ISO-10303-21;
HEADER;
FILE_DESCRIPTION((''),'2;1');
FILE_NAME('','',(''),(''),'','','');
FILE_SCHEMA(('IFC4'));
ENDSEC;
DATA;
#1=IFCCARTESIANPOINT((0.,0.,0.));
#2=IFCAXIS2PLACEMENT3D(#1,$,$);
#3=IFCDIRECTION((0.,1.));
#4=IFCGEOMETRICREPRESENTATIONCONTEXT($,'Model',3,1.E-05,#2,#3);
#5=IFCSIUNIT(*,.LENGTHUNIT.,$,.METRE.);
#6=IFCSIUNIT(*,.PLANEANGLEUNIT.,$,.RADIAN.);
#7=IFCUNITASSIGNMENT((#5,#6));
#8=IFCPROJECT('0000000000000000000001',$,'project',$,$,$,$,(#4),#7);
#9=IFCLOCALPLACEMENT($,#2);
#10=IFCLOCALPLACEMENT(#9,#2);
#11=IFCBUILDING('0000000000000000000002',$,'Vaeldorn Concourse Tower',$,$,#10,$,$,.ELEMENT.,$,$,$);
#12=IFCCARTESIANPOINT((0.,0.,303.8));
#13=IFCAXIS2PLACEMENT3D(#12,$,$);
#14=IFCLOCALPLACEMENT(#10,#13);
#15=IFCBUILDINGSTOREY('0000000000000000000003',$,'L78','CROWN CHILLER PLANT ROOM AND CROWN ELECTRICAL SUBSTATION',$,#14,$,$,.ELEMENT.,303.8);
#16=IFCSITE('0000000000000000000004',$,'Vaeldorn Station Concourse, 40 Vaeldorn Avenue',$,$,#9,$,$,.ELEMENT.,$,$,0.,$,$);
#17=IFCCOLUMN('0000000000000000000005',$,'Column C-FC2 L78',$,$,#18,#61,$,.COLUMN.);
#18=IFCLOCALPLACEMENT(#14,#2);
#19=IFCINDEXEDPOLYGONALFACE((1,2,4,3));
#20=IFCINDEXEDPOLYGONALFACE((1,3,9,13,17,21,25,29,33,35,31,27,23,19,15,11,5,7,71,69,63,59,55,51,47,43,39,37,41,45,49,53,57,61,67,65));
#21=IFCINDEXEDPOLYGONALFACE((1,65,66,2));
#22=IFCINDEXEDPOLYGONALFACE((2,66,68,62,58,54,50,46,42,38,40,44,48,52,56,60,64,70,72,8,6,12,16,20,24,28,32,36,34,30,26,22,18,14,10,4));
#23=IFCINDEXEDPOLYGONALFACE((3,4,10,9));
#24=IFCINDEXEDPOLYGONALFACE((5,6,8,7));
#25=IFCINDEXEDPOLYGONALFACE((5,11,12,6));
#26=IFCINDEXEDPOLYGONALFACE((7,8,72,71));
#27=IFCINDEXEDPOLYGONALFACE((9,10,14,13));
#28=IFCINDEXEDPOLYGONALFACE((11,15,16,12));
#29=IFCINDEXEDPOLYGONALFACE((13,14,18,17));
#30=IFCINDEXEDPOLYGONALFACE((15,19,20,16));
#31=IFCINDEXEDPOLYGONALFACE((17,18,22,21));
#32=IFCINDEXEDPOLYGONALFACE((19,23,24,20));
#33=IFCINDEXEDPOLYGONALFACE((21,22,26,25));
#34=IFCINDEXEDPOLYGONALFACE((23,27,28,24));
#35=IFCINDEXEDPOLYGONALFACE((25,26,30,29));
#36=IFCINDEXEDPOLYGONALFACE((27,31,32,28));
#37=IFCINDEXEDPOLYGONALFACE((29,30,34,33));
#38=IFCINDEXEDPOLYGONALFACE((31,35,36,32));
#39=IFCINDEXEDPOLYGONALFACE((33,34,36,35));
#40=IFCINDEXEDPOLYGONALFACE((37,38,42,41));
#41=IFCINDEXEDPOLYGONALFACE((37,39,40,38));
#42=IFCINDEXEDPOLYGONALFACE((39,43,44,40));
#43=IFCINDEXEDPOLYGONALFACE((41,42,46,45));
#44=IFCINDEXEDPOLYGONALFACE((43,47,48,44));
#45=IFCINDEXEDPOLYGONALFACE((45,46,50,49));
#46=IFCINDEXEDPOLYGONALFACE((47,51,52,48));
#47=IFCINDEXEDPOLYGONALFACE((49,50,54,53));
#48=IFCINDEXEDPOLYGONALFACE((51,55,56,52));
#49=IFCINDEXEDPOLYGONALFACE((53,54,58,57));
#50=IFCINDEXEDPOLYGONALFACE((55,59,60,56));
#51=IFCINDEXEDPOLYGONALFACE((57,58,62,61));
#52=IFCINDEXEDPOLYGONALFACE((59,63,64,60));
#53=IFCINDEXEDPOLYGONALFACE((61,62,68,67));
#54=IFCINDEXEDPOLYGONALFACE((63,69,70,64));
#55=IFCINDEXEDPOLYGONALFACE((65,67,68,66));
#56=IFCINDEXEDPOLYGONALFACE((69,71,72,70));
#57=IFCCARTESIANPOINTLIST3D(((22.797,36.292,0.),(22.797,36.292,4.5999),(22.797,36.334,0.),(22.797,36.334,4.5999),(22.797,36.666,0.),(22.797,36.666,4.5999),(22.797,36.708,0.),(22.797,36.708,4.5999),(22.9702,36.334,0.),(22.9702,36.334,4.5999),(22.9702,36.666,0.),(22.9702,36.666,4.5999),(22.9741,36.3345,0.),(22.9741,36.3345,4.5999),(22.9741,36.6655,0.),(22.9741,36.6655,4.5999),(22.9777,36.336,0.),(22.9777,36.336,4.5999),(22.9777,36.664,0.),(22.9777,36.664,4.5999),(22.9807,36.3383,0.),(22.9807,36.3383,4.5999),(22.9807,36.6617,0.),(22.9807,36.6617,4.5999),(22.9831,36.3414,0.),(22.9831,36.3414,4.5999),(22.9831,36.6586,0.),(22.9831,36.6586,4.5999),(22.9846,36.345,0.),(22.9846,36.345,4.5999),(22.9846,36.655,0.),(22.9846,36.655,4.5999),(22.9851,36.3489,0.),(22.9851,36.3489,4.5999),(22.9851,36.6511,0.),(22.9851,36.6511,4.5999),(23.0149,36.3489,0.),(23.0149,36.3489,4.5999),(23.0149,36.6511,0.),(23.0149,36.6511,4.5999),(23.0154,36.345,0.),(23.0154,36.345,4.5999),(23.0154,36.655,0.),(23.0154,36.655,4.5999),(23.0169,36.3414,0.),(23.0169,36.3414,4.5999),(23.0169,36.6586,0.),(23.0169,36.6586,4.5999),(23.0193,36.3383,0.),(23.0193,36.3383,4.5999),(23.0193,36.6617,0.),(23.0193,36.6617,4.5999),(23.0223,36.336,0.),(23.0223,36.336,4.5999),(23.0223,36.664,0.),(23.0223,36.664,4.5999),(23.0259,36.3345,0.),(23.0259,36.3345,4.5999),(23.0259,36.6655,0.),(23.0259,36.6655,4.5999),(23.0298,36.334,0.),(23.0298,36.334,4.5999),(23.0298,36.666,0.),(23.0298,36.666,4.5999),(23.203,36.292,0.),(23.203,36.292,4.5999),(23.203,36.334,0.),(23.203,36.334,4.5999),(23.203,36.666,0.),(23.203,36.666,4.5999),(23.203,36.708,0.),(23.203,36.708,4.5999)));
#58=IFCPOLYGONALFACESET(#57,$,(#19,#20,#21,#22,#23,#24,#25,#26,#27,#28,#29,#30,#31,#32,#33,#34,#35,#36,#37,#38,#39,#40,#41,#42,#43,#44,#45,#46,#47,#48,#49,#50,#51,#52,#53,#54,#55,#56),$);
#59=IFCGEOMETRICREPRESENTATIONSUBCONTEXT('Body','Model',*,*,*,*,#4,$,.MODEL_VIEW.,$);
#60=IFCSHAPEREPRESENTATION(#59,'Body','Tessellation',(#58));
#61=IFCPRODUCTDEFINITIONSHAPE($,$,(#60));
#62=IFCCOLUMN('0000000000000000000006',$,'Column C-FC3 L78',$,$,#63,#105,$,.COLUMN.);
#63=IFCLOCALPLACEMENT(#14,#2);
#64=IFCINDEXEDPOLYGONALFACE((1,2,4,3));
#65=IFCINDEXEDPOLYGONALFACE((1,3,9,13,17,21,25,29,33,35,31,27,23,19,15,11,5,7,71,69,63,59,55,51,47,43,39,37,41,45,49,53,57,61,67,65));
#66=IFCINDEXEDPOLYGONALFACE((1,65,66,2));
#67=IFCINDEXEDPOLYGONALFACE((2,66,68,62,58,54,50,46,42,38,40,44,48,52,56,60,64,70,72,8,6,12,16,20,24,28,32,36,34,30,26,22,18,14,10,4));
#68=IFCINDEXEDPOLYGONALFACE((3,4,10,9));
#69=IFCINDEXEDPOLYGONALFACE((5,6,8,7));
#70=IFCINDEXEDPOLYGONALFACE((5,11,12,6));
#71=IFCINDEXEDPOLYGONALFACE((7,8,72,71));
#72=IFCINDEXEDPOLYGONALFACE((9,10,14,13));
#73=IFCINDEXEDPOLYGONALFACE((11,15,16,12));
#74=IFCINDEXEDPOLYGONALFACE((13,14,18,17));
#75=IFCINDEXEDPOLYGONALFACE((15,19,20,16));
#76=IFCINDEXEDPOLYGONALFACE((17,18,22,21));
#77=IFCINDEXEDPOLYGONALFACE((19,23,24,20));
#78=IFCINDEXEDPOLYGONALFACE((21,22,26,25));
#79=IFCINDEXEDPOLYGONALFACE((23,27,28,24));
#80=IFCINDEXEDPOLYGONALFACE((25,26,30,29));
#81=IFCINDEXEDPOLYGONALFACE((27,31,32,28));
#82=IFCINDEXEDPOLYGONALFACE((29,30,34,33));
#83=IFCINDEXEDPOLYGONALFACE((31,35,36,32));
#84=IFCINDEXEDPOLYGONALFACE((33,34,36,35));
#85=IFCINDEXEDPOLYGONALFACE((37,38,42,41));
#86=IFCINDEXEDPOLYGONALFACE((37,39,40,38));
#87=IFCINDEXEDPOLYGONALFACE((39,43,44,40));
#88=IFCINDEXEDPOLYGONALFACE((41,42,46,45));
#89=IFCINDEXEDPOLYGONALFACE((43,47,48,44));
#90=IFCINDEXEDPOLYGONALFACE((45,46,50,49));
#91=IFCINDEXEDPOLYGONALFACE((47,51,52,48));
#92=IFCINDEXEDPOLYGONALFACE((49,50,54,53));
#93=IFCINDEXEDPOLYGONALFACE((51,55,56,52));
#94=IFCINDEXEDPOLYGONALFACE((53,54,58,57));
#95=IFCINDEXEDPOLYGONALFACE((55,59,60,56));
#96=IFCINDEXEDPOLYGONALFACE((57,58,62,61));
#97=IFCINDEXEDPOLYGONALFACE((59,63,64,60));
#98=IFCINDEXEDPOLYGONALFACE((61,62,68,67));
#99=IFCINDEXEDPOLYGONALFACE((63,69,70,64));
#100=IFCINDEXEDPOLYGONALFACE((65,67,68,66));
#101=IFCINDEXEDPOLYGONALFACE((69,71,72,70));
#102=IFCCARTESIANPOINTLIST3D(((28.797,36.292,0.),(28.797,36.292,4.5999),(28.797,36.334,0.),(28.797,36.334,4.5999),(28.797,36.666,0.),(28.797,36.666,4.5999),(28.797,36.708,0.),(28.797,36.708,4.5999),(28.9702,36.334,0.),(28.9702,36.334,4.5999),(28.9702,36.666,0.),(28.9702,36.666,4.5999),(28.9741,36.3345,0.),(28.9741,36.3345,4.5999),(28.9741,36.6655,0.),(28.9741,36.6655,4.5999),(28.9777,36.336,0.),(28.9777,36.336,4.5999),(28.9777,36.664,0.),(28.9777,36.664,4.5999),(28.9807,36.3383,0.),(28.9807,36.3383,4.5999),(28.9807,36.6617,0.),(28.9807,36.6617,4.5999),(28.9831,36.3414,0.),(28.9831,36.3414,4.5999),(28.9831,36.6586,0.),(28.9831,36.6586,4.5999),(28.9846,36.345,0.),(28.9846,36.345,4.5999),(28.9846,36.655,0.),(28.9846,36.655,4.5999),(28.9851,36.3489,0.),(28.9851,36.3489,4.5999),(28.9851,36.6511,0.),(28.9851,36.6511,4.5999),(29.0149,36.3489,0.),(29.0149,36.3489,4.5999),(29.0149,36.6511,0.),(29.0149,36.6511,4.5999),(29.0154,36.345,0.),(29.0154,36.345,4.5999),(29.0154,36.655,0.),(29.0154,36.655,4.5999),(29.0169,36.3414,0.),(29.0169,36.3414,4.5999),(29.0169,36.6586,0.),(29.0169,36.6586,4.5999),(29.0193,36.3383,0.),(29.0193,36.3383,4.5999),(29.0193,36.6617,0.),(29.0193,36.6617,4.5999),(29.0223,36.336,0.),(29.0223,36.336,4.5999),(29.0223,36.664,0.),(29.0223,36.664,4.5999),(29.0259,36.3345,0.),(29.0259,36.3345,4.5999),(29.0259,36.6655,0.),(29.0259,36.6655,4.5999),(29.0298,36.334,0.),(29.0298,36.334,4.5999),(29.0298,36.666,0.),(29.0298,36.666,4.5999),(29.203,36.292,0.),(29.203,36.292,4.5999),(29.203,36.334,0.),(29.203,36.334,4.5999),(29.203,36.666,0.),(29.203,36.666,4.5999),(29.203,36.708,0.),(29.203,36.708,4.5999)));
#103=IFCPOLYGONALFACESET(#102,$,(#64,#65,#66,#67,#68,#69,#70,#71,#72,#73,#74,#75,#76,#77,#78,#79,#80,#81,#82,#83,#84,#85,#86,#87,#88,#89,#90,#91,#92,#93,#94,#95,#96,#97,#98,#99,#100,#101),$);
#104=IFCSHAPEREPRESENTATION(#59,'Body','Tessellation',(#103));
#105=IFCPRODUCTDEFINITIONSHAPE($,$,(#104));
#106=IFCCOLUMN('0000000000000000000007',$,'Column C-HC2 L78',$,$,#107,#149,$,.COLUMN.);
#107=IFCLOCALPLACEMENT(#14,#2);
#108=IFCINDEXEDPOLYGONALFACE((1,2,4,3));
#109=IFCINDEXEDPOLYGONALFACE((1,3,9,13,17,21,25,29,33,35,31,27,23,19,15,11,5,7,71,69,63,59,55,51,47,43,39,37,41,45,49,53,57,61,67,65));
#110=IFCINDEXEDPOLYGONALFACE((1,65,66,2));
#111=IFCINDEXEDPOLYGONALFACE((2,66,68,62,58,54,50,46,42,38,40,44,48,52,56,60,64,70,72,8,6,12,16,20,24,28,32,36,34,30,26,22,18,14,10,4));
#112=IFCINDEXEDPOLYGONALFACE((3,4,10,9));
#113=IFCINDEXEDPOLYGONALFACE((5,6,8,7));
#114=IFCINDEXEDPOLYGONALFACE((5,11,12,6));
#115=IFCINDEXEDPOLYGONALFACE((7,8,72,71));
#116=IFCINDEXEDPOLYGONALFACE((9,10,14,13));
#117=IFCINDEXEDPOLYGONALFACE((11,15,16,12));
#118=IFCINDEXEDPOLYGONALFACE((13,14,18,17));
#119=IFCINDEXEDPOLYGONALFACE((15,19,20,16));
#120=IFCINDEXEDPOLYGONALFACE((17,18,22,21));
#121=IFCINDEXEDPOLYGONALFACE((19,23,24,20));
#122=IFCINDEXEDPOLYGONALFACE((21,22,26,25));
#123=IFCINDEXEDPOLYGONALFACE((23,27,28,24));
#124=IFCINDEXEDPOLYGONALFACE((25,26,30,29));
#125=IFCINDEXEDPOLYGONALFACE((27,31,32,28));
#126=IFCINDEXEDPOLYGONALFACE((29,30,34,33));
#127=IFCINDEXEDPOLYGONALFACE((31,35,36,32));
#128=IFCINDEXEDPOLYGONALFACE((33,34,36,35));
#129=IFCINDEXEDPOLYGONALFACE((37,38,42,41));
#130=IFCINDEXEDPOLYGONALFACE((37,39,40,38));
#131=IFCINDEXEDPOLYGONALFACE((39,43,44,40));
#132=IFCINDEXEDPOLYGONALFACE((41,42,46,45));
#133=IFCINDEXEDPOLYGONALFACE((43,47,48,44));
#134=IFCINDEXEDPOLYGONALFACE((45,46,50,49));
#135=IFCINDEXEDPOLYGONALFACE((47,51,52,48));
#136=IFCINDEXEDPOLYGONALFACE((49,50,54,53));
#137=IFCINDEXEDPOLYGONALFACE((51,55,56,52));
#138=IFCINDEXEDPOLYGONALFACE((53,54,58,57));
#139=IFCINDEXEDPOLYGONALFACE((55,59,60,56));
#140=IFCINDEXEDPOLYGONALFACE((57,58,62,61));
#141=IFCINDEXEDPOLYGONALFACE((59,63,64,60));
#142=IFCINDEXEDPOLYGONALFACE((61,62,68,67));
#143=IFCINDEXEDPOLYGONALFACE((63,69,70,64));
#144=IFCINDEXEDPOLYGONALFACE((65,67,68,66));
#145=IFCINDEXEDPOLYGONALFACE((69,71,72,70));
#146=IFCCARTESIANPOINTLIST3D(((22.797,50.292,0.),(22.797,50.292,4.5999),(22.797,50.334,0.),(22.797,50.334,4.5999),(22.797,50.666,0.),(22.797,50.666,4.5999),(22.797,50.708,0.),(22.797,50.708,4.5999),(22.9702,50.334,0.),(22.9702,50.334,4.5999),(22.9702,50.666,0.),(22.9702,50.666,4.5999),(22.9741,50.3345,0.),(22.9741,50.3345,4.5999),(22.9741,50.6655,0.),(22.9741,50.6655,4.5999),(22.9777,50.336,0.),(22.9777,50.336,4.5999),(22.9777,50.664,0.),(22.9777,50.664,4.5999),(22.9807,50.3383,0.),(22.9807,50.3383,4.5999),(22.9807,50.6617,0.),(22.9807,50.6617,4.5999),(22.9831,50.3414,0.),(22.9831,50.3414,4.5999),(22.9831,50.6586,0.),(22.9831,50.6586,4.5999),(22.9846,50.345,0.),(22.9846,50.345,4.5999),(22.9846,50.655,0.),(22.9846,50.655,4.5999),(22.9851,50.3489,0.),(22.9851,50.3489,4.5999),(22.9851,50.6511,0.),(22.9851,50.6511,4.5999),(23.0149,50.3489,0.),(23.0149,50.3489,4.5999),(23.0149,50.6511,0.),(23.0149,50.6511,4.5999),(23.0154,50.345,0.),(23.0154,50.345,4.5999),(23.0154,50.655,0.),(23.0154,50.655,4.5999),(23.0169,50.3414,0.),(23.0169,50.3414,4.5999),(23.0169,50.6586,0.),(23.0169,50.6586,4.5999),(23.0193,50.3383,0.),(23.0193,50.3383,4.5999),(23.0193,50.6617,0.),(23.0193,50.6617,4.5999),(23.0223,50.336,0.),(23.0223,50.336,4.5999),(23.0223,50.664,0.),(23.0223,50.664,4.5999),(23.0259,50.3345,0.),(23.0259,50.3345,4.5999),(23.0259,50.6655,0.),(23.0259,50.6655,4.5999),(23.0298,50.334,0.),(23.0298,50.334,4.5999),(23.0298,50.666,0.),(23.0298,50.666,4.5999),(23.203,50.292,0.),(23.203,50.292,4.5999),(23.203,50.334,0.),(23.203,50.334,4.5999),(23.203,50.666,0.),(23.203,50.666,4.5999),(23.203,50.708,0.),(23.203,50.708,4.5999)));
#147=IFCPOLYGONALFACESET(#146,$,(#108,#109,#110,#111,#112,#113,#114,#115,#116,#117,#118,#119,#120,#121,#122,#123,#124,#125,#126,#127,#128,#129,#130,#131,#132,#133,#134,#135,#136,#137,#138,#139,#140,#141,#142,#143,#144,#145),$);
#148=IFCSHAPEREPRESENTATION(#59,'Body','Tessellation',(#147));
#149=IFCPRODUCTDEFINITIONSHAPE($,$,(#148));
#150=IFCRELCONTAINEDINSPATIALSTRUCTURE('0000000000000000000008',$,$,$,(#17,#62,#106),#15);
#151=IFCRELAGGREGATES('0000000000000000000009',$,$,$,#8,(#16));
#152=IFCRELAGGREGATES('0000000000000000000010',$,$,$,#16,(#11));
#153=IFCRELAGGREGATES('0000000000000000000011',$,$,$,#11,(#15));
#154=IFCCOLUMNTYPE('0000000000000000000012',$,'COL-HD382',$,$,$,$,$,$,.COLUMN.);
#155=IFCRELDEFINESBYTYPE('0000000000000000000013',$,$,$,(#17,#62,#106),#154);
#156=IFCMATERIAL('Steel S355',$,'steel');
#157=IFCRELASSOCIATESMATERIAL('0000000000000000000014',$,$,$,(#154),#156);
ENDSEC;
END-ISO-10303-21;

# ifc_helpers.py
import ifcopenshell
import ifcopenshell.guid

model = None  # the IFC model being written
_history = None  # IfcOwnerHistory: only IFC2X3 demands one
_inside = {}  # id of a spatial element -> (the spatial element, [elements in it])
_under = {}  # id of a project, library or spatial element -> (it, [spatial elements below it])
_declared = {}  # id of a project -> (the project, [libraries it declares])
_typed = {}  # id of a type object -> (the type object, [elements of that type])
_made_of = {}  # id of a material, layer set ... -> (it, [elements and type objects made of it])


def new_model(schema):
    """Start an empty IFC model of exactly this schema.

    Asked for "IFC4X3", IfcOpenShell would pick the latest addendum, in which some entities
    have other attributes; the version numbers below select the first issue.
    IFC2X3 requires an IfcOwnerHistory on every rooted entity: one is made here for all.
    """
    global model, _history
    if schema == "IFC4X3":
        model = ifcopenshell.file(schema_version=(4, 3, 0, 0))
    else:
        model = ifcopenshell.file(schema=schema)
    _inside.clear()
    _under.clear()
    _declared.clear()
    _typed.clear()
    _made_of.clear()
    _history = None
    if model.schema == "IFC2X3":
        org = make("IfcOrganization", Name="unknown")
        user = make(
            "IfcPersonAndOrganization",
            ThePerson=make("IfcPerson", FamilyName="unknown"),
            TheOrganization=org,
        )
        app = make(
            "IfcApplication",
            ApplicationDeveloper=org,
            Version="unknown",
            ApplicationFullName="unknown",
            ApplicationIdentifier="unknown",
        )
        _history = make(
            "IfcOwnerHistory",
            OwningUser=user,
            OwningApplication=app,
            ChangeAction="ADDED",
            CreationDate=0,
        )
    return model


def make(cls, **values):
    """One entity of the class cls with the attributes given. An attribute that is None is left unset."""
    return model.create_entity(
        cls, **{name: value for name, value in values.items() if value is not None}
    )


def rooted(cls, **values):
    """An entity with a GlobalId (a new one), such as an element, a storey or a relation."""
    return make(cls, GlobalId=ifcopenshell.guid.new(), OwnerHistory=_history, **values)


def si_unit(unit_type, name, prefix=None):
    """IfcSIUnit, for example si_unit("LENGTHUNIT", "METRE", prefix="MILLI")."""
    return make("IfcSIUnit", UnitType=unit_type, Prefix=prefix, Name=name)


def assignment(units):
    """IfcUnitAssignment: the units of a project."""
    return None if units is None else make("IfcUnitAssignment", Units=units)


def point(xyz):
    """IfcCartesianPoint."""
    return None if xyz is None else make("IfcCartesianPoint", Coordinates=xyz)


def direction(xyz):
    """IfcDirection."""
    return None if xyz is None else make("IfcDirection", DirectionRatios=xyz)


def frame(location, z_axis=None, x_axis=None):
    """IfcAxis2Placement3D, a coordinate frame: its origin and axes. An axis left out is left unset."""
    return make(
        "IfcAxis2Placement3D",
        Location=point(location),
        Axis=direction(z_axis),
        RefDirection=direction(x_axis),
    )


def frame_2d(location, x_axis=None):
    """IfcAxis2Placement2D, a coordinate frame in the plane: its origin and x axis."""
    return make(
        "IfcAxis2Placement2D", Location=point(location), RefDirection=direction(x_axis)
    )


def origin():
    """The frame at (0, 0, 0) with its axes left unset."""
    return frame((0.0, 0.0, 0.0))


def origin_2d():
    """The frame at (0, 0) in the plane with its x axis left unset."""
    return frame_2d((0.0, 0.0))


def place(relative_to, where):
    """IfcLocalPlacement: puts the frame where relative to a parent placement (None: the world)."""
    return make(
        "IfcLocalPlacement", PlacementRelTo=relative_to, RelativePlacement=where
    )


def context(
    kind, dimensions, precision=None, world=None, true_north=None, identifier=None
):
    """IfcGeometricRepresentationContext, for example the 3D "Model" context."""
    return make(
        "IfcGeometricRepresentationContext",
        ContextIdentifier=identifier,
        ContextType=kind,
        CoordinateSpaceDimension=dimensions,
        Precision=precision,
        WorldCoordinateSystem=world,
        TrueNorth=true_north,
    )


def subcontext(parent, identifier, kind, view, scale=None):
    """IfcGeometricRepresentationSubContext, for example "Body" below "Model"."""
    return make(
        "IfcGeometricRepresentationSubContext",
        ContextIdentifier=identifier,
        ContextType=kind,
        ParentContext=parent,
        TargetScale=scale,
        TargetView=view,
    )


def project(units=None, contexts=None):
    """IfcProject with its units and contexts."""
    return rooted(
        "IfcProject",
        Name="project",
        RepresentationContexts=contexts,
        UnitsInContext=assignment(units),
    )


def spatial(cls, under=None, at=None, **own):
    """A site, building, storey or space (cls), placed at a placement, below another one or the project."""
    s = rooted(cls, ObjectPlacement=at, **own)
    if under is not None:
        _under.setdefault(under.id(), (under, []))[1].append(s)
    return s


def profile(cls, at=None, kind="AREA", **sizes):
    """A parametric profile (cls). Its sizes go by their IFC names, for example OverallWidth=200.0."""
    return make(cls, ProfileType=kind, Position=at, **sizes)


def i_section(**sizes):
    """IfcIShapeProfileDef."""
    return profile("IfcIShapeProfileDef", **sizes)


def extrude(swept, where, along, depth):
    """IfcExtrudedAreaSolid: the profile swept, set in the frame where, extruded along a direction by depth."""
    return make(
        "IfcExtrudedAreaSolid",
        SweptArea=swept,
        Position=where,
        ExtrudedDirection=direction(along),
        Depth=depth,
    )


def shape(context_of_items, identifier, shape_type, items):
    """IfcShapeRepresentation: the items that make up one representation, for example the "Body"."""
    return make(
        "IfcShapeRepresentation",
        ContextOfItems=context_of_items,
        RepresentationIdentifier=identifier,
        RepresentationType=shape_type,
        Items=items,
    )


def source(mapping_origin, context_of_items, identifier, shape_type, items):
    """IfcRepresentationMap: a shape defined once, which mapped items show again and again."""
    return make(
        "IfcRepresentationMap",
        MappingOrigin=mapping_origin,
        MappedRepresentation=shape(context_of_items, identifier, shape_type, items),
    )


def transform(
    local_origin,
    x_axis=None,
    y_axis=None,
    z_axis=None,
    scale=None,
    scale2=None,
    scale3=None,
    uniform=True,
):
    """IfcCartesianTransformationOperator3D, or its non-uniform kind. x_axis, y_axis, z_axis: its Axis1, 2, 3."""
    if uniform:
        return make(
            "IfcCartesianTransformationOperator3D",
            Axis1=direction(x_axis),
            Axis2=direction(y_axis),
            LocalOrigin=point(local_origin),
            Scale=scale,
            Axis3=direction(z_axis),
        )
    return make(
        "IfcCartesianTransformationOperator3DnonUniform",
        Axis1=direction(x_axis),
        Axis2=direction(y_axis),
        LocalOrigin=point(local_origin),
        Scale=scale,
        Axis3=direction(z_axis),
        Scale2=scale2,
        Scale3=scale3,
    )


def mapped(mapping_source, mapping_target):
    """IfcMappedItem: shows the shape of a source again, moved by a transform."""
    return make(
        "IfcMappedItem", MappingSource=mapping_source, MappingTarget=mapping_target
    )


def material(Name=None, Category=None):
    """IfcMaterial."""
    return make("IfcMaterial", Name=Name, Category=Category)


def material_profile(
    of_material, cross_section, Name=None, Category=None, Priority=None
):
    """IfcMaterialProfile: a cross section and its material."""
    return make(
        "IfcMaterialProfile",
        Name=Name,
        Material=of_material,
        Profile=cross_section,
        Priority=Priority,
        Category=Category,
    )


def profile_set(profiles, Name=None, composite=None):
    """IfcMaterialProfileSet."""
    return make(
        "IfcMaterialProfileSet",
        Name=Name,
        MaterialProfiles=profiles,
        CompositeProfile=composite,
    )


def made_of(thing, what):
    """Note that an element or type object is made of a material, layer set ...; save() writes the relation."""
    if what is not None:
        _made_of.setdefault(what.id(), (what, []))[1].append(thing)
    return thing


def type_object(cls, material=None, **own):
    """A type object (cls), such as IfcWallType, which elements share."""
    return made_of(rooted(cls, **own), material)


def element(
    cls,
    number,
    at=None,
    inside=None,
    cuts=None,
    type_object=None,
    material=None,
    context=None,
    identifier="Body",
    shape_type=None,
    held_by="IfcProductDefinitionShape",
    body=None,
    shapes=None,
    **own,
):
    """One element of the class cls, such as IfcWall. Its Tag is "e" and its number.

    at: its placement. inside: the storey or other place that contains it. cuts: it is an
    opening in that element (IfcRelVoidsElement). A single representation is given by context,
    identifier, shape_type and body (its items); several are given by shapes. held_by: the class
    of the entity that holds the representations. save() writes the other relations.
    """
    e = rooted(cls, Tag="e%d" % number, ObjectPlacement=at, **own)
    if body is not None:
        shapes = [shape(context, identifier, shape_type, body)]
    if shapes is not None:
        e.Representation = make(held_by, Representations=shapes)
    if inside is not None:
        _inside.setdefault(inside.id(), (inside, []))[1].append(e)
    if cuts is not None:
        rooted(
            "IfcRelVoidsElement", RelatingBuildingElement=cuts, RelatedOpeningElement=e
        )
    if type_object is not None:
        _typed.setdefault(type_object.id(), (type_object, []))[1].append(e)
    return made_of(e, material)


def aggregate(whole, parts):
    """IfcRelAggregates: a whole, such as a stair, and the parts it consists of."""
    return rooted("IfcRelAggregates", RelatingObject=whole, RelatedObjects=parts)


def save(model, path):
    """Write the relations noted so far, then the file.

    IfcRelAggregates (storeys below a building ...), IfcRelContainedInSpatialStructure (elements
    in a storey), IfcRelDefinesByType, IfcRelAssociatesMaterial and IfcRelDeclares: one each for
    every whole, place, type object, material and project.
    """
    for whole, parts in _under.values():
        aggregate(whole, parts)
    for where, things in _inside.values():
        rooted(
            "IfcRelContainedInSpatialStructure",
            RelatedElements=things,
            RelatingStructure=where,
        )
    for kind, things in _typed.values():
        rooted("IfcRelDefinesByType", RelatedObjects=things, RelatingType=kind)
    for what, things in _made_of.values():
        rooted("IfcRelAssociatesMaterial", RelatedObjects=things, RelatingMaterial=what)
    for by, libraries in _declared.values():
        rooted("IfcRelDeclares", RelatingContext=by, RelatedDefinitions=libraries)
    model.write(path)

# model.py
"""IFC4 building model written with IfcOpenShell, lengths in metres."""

from ifc_helpers import new_model, si_unit, direction, frame, origin, origin_2d, place, context, subcontext, project, spatial, i_section, extrude, source, transform, mapped, material, material_profile, profile_set, type_object, element, save


model = new_model("IFC4")

# Units and contexts
model_context = context("Model", 3, precision=1e-05, world=origin(), true_north=direction((0.0, 1.0)))
body_context = subcontext(model_context, "Body", "Model", "MODEL_VIEW")
ifc_project = project(units=[si_unit("LENGTHUNIT", "METRE"), si_unit("PLANEANGLEUNIT", "RADIAN")], contexts=[model_context])

# Site, building, storey
site_placement = place(None, origin())
site = spatial("IfcSite", under=ifc_project, at=site_placement, Name="Vaeldorn Station Concourse, 40 Vaeldorn Avenue", CompositionType="ELEMENT", RefElevation=0.0)
building_placement = place(site_placement, origin())
building = spatial("IfcBuilding", under=site, at=building_placement, Name="Vaeldorn Concourse Tower", CompositionType="ELEMENT")
storey_placement = place(building_placement, frame((0.0, 0.0, 303.8)))
storey = spatial("IfcBuildingStorey", under=building, at=storey_placement, Name="L78", Description="CROWN CHILLER PLANT ROOM AND CROWN ELECTRICAL SUBSTATION", CompositionType="ELEMENT", Elevation=303.8)

# Columns
ifc_material_1 = material(Name="Steel S355", Category="steel")
ifc_material_profile_1 = material_profile(ifc_material_1, i_section(OverallWidth=0.406, OverallDepth=0.416, WebThickness=0.0298, FlangeThickness=0.042, FilletRadius=0.0149, at=origin_2d()), Name="HD 400x382")
ifc_profile_set_1 = profile_set([ifc_material_profile_1], Name="Steel S355")
column_type = type_object("IfcColumnType", Name="COL-HD382", PredefinedType="COLUMN", material=ifc_profile_set_1)
shared_shape_1 = source(origin(), body_context, "Body", "SweptSolid", [
    extrude(i_section(OverallWidth=0.406, OverallDepth=0.416, WebThickness=0.0298, FlangeThickness=0.042, FilletRadius=0.0149, at=origin_2d()), origin(), (0.0, 0.0, 1.0), 4.5999),
])
for number, where, z_axis, x_axis, name in (
    (1, (23.0, 36.5, 0.0), (0.0, 0.0, 1.0), (1.0, 0.0, 0.0), "Column C-FC2 L78"),
    (2, (29.0, 36.5, 0.0), (0.0, 0.0, 1.0), (1.0, 0.0, 0.0), "Column C-FC3 L78"),
    (3, (23.0, 50.5, 0.0), (0.0, 0.0, 1.0), (1.0, 0.0, 0.0), "Column C-HC2 L78"),
):
    element("IfcColumn", number, at=place(storey_placement, frame(where, z_axis=z_axis, x_axis=x_axis)), inside=storey, type_object=column_type, Name=name, PredefinedType="COLUMN", context=body_context, shape_type="MappedRepresentation", body=[
        mapped(shared_shape_1, transform((0.0, 0.0, 0.0), scale=1.0)),
    ])

save(model, "model.ifc")
